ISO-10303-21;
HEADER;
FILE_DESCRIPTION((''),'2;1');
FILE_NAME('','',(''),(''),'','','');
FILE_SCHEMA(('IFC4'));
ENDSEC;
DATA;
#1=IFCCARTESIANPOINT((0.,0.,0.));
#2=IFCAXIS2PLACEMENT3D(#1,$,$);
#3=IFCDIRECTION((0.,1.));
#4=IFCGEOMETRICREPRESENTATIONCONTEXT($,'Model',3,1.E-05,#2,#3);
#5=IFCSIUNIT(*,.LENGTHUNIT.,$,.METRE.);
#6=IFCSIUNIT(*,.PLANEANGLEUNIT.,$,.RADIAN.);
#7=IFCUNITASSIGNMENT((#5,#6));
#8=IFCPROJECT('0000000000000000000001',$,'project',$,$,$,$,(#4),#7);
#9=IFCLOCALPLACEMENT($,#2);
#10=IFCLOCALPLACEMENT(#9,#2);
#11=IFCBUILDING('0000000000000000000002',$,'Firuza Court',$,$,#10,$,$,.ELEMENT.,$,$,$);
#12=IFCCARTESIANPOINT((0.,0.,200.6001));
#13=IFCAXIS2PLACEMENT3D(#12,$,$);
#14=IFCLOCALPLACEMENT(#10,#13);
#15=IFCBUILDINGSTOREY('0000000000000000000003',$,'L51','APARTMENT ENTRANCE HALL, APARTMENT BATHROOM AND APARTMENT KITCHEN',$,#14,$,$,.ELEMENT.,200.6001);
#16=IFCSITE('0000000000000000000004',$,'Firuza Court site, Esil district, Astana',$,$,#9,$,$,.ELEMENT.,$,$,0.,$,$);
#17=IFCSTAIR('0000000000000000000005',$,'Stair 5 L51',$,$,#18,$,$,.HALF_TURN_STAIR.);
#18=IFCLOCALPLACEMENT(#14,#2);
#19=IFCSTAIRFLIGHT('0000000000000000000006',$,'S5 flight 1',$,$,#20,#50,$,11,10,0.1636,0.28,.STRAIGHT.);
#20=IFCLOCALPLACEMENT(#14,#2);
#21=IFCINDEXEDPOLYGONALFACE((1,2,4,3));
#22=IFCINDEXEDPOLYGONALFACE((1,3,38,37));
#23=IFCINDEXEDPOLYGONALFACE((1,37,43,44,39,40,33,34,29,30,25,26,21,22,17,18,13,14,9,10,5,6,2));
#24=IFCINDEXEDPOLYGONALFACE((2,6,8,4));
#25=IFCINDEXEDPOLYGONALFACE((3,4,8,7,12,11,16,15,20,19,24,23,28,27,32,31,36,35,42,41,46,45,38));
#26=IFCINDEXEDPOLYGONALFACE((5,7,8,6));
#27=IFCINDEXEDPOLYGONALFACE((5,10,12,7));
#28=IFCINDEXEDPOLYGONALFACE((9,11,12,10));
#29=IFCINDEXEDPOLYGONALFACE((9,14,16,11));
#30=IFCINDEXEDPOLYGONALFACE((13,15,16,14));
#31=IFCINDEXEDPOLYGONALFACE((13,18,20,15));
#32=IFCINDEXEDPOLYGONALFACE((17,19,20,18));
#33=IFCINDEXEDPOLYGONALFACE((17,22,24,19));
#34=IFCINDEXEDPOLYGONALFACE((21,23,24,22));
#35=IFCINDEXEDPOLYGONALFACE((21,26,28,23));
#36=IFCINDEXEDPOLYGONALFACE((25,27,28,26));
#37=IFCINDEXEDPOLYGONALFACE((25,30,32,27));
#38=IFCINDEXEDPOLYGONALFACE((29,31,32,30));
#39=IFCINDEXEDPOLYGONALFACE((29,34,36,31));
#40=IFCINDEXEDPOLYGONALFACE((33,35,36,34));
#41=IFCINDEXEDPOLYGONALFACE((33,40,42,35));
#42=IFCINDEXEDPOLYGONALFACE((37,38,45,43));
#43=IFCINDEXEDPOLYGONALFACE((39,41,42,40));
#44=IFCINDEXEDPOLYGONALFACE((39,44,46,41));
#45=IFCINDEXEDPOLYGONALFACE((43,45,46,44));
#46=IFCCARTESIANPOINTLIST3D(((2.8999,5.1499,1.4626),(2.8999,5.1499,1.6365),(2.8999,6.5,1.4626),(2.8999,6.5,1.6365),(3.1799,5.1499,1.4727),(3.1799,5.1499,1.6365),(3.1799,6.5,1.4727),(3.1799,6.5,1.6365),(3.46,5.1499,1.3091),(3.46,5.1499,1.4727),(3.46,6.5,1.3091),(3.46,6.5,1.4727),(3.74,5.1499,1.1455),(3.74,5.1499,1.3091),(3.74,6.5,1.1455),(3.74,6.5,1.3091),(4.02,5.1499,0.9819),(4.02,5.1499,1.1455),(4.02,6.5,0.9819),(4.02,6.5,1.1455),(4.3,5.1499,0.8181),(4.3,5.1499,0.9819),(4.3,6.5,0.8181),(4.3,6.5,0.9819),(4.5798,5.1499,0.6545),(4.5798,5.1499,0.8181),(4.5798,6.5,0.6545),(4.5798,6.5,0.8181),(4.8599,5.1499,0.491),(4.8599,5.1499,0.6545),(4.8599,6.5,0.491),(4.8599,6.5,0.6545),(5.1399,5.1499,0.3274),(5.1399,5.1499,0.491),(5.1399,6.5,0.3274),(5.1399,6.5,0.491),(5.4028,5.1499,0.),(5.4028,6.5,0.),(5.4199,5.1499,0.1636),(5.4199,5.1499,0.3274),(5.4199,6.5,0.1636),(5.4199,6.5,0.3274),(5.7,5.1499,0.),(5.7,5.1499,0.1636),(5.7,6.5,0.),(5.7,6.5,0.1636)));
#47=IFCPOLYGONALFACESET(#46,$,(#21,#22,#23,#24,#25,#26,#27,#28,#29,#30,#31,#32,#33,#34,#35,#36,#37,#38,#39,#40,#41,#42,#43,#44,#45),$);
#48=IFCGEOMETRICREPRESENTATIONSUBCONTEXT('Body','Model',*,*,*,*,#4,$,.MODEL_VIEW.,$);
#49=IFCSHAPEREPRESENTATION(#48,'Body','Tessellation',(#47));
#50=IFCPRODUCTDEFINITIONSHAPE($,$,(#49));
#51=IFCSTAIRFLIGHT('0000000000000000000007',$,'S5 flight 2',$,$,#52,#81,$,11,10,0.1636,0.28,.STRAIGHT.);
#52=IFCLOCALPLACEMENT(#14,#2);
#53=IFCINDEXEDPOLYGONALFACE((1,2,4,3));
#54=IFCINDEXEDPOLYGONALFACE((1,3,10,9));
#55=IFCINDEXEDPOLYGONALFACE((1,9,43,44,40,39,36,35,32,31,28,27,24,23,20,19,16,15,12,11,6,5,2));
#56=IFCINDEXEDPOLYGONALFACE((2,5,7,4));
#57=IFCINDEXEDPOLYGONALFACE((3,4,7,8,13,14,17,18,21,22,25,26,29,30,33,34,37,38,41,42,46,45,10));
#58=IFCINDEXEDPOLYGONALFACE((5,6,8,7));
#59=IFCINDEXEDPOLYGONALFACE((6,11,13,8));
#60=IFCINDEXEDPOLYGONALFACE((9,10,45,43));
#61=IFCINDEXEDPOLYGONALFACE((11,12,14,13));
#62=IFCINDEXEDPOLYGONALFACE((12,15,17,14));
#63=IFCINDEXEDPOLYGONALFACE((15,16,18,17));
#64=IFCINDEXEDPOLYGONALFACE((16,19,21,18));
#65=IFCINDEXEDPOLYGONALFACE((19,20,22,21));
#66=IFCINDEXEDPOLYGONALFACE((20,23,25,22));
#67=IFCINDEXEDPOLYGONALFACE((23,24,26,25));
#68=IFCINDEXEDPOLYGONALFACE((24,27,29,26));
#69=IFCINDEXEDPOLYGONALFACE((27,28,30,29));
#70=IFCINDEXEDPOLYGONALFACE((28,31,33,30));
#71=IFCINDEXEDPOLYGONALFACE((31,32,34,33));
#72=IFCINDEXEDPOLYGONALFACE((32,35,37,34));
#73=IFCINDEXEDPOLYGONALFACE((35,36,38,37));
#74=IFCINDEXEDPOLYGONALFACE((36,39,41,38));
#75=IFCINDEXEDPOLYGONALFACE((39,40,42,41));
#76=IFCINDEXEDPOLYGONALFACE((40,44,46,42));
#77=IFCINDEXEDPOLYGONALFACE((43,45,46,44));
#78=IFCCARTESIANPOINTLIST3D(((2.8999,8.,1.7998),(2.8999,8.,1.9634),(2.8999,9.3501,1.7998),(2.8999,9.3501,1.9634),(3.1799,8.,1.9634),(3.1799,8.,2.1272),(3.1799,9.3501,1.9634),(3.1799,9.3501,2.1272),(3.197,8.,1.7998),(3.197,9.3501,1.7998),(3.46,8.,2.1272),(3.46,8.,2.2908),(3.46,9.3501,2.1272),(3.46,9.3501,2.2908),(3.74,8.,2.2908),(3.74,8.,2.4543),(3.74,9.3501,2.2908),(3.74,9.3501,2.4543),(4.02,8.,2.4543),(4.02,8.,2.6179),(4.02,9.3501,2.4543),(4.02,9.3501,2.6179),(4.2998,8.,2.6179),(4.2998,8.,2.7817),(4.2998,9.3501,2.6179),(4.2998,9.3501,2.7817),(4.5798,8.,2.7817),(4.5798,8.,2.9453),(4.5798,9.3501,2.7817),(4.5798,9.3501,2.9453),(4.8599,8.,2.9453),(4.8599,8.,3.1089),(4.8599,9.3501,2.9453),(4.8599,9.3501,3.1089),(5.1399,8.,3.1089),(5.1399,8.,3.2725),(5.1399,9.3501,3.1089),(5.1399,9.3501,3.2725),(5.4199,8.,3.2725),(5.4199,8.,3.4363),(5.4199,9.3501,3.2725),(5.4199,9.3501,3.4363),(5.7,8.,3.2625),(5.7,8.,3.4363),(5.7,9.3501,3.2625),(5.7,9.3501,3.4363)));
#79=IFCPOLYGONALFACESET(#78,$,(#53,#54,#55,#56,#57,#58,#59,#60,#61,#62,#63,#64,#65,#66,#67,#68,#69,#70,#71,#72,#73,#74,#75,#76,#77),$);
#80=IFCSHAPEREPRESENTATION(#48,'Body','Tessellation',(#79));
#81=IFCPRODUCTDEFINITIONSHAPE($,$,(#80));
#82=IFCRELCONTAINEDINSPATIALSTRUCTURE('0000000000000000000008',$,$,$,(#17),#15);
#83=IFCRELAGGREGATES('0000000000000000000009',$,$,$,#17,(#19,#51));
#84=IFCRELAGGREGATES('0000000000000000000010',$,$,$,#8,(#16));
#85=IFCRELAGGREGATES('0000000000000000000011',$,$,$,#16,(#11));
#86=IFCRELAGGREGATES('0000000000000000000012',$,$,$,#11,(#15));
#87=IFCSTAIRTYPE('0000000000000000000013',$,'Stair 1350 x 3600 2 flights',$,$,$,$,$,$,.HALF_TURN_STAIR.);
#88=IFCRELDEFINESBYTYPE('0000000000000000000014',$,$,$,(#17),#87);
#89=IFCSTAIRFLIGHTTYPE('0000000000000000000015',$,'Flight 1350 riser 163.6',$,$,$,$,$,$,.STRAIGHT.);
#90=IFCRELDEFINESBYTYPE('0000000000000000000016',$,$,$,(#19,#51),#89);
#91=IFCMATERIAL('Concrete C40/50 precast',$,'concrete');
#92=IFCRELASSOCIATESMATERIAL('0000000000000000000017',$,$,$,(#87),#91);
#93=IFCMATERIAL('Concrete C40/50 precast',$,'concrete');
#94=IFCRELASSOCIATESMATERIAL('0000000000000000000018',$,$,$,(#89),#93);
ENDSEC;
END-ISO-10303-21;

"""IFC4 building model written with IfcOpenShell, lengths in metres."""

from ifc_helpers import new_model, si_unit, direction, frame, origin, place, context, subcontext, project, spatial, polyline, outline, extrude, material, type_object, element, aggregate, save


model = new_model("IFC4")

# Units and contexts
model_context = context("Model", 3, precision=1e-05, world=origin(), true_north=direction((0.0, 1.0)))
body_context = subcontext(model_context, "Body", "Model", "MODEL_VIEW")
ifc_project = project(units=[si_unit("LENGTHUNIT", "METRE"), si_unit("PLANEANGLEUNIT", "RADIAN")], contexts=[model_context])

# Site, building, storey
site_placement = place(None, origin())
site = spatial("IfcSite", under=ifc_project, at=site_placement, Name="Firuza Court site, Esil district, Astana", CompositionType="ELEMENT", RefElevation=0.0)
building_placement = place(site_placement, origin())
building = spatial("IfcBuilding", under=site, at=building_placement, Name="Firuza Court", CompositionType="ELEMENT")
storey_placement = place(building_placement, frame((0.0, 0.0, 200.6001)))
storey = spatial("IfcBuildingStorey", under=building, at=storey_placement, Name="L51", Description="APARTMENT ENTRANCE HALL, APARTMENT BATHROOM AND APARTMENT KITCHEN", CompositionType="ELEMENT", Elevation=200.6001)

# Stair, stair flights
ifc_material_1 = material(Name="Concrete C40/50 precast", Category="concrete")
stair_type = type_object("IfcStairType", Name="Stair 1350 x 3600 2 flights", PredefinedType="HALF_TURN_STAIR", material=ifc_material_1)
stair_placement = place(storey_placement, origin())
stair = element("IfcStair", 1, at=stair_placement, inside=storey, type_object=stair_type, Name="Stair 5 L51", PredefinedType="HALF_TURN_STAIR")
ifc_material_2 = material(Name="Concrete C40/50 precast", Category="concrete")
stair_flight_type = type_object("IfcStairFlightType", Name="Flight 1350 riser 163.6", PredefinedType="STRAIGHT", material=ifc_material_2)
stair_flight_1_placement = place(storey_placement, frame((5.7, 5.825, 0.0), z_axis=(0.0, 0.0, 1.0), x_axis=(-1.0, 0.0, 0.0)))
stair_flight_1 = element("IfcStairFlight", 2, at=stair_flight_1_placement, type_object=stair_flight_type, Name="S5 flight 1", NumberOfRisers=11, NumberOfTreads=10, PredefinedType="STRAIGHT", RiserHeight=0.1636, TreadLength=0.28, context=body_context, shape_type="SweptSolid", body=[
    extrude(outline(polyline([(0.0, 0.0), (0.0, 0.1636), (0.28, 0.1636), (0.28, 0.3274), (0.5601, 0.3274), (0.5601, 0.491), (0.8401, 0.491), (0.8401, 0.6545), (1.1201, 0.6545), (1.1201, 0.8181), (1.3999, 0.8181), (1.3999, 0.9819), (1.6799, 0.9819), (1.6799, 1.1455), (1.96, 1.1455), (1.96, 1.3091), (2.24, 1.3091), (2.24, 1.4727), (2.52, 1.4727), (2.52, 1.6365), (2.8, 1.6365), (2.8, 1.8), (2.8, 1.4626), (0.2971, 0.0), (0.0, 0.0)])), frame((0.0, 0.675, 0.0), z_axis=(0.0, -1.0, 0.0), x_axis=(1.0, 0.0, 0.0)), (0.0, 0.0, 1.0), 1.3501),
])
stair_flight_2_placement = place(storey_placement, frame((2.8999, 8.675, 1.7998), z_axis=(0.0, 0.0, 1.0), x_axis=(1.0, 0.0, 0.0)))
stair_flight_2 = element("IfcStairFlight", 3, at=stair_flight_2_placement, type_object=stair_flight_type, Name="S5 flight 2", NumberOfRisers=11, NumberOfTreads=10, PredefinedType="STRAIGHT", RiserHeight=0.1636, TreadLength=0.28, context=body_context, shape_type="SweptSolid", body=[
    extrude(outline(polyline([(0.0, 0.0), (0.0, 0.1636), (0.28, 0.1636), (0.28, 0.3274), (0.5601, 0.3274), (0.5601, 0.491), (0.8401, 0.491), (0.8401, 0.6545), (1.1201, 0.6545), (1.1201, 0.8181), (1.3999, 0.8181), (1.3999, 0.9819), (1.6799, 0.9819), (1.6799, 1.1455), (1.96, 1.1455), (1.96, 1.3091), (2.24, 1.3091), (2.24, 1.4727), (2.52, 1.4727), (2.52, 1.6365), (2.8, 1.6365), (2.8, 1.8), (2.8, 1.4626), (0.2971, 0.0), (0.0, 0.0)])), frame((0.0, 0.675, 0.0), z_axis=(0.0, -1.0, 0.0), x_axis=(1.0, 0.0, 0.0)), (0.0, 0.0, 1.0), 1.3501),
])
aggregate(stair, [stair_flight_1, stair_flight_2])

save(model, "model.ifc")
